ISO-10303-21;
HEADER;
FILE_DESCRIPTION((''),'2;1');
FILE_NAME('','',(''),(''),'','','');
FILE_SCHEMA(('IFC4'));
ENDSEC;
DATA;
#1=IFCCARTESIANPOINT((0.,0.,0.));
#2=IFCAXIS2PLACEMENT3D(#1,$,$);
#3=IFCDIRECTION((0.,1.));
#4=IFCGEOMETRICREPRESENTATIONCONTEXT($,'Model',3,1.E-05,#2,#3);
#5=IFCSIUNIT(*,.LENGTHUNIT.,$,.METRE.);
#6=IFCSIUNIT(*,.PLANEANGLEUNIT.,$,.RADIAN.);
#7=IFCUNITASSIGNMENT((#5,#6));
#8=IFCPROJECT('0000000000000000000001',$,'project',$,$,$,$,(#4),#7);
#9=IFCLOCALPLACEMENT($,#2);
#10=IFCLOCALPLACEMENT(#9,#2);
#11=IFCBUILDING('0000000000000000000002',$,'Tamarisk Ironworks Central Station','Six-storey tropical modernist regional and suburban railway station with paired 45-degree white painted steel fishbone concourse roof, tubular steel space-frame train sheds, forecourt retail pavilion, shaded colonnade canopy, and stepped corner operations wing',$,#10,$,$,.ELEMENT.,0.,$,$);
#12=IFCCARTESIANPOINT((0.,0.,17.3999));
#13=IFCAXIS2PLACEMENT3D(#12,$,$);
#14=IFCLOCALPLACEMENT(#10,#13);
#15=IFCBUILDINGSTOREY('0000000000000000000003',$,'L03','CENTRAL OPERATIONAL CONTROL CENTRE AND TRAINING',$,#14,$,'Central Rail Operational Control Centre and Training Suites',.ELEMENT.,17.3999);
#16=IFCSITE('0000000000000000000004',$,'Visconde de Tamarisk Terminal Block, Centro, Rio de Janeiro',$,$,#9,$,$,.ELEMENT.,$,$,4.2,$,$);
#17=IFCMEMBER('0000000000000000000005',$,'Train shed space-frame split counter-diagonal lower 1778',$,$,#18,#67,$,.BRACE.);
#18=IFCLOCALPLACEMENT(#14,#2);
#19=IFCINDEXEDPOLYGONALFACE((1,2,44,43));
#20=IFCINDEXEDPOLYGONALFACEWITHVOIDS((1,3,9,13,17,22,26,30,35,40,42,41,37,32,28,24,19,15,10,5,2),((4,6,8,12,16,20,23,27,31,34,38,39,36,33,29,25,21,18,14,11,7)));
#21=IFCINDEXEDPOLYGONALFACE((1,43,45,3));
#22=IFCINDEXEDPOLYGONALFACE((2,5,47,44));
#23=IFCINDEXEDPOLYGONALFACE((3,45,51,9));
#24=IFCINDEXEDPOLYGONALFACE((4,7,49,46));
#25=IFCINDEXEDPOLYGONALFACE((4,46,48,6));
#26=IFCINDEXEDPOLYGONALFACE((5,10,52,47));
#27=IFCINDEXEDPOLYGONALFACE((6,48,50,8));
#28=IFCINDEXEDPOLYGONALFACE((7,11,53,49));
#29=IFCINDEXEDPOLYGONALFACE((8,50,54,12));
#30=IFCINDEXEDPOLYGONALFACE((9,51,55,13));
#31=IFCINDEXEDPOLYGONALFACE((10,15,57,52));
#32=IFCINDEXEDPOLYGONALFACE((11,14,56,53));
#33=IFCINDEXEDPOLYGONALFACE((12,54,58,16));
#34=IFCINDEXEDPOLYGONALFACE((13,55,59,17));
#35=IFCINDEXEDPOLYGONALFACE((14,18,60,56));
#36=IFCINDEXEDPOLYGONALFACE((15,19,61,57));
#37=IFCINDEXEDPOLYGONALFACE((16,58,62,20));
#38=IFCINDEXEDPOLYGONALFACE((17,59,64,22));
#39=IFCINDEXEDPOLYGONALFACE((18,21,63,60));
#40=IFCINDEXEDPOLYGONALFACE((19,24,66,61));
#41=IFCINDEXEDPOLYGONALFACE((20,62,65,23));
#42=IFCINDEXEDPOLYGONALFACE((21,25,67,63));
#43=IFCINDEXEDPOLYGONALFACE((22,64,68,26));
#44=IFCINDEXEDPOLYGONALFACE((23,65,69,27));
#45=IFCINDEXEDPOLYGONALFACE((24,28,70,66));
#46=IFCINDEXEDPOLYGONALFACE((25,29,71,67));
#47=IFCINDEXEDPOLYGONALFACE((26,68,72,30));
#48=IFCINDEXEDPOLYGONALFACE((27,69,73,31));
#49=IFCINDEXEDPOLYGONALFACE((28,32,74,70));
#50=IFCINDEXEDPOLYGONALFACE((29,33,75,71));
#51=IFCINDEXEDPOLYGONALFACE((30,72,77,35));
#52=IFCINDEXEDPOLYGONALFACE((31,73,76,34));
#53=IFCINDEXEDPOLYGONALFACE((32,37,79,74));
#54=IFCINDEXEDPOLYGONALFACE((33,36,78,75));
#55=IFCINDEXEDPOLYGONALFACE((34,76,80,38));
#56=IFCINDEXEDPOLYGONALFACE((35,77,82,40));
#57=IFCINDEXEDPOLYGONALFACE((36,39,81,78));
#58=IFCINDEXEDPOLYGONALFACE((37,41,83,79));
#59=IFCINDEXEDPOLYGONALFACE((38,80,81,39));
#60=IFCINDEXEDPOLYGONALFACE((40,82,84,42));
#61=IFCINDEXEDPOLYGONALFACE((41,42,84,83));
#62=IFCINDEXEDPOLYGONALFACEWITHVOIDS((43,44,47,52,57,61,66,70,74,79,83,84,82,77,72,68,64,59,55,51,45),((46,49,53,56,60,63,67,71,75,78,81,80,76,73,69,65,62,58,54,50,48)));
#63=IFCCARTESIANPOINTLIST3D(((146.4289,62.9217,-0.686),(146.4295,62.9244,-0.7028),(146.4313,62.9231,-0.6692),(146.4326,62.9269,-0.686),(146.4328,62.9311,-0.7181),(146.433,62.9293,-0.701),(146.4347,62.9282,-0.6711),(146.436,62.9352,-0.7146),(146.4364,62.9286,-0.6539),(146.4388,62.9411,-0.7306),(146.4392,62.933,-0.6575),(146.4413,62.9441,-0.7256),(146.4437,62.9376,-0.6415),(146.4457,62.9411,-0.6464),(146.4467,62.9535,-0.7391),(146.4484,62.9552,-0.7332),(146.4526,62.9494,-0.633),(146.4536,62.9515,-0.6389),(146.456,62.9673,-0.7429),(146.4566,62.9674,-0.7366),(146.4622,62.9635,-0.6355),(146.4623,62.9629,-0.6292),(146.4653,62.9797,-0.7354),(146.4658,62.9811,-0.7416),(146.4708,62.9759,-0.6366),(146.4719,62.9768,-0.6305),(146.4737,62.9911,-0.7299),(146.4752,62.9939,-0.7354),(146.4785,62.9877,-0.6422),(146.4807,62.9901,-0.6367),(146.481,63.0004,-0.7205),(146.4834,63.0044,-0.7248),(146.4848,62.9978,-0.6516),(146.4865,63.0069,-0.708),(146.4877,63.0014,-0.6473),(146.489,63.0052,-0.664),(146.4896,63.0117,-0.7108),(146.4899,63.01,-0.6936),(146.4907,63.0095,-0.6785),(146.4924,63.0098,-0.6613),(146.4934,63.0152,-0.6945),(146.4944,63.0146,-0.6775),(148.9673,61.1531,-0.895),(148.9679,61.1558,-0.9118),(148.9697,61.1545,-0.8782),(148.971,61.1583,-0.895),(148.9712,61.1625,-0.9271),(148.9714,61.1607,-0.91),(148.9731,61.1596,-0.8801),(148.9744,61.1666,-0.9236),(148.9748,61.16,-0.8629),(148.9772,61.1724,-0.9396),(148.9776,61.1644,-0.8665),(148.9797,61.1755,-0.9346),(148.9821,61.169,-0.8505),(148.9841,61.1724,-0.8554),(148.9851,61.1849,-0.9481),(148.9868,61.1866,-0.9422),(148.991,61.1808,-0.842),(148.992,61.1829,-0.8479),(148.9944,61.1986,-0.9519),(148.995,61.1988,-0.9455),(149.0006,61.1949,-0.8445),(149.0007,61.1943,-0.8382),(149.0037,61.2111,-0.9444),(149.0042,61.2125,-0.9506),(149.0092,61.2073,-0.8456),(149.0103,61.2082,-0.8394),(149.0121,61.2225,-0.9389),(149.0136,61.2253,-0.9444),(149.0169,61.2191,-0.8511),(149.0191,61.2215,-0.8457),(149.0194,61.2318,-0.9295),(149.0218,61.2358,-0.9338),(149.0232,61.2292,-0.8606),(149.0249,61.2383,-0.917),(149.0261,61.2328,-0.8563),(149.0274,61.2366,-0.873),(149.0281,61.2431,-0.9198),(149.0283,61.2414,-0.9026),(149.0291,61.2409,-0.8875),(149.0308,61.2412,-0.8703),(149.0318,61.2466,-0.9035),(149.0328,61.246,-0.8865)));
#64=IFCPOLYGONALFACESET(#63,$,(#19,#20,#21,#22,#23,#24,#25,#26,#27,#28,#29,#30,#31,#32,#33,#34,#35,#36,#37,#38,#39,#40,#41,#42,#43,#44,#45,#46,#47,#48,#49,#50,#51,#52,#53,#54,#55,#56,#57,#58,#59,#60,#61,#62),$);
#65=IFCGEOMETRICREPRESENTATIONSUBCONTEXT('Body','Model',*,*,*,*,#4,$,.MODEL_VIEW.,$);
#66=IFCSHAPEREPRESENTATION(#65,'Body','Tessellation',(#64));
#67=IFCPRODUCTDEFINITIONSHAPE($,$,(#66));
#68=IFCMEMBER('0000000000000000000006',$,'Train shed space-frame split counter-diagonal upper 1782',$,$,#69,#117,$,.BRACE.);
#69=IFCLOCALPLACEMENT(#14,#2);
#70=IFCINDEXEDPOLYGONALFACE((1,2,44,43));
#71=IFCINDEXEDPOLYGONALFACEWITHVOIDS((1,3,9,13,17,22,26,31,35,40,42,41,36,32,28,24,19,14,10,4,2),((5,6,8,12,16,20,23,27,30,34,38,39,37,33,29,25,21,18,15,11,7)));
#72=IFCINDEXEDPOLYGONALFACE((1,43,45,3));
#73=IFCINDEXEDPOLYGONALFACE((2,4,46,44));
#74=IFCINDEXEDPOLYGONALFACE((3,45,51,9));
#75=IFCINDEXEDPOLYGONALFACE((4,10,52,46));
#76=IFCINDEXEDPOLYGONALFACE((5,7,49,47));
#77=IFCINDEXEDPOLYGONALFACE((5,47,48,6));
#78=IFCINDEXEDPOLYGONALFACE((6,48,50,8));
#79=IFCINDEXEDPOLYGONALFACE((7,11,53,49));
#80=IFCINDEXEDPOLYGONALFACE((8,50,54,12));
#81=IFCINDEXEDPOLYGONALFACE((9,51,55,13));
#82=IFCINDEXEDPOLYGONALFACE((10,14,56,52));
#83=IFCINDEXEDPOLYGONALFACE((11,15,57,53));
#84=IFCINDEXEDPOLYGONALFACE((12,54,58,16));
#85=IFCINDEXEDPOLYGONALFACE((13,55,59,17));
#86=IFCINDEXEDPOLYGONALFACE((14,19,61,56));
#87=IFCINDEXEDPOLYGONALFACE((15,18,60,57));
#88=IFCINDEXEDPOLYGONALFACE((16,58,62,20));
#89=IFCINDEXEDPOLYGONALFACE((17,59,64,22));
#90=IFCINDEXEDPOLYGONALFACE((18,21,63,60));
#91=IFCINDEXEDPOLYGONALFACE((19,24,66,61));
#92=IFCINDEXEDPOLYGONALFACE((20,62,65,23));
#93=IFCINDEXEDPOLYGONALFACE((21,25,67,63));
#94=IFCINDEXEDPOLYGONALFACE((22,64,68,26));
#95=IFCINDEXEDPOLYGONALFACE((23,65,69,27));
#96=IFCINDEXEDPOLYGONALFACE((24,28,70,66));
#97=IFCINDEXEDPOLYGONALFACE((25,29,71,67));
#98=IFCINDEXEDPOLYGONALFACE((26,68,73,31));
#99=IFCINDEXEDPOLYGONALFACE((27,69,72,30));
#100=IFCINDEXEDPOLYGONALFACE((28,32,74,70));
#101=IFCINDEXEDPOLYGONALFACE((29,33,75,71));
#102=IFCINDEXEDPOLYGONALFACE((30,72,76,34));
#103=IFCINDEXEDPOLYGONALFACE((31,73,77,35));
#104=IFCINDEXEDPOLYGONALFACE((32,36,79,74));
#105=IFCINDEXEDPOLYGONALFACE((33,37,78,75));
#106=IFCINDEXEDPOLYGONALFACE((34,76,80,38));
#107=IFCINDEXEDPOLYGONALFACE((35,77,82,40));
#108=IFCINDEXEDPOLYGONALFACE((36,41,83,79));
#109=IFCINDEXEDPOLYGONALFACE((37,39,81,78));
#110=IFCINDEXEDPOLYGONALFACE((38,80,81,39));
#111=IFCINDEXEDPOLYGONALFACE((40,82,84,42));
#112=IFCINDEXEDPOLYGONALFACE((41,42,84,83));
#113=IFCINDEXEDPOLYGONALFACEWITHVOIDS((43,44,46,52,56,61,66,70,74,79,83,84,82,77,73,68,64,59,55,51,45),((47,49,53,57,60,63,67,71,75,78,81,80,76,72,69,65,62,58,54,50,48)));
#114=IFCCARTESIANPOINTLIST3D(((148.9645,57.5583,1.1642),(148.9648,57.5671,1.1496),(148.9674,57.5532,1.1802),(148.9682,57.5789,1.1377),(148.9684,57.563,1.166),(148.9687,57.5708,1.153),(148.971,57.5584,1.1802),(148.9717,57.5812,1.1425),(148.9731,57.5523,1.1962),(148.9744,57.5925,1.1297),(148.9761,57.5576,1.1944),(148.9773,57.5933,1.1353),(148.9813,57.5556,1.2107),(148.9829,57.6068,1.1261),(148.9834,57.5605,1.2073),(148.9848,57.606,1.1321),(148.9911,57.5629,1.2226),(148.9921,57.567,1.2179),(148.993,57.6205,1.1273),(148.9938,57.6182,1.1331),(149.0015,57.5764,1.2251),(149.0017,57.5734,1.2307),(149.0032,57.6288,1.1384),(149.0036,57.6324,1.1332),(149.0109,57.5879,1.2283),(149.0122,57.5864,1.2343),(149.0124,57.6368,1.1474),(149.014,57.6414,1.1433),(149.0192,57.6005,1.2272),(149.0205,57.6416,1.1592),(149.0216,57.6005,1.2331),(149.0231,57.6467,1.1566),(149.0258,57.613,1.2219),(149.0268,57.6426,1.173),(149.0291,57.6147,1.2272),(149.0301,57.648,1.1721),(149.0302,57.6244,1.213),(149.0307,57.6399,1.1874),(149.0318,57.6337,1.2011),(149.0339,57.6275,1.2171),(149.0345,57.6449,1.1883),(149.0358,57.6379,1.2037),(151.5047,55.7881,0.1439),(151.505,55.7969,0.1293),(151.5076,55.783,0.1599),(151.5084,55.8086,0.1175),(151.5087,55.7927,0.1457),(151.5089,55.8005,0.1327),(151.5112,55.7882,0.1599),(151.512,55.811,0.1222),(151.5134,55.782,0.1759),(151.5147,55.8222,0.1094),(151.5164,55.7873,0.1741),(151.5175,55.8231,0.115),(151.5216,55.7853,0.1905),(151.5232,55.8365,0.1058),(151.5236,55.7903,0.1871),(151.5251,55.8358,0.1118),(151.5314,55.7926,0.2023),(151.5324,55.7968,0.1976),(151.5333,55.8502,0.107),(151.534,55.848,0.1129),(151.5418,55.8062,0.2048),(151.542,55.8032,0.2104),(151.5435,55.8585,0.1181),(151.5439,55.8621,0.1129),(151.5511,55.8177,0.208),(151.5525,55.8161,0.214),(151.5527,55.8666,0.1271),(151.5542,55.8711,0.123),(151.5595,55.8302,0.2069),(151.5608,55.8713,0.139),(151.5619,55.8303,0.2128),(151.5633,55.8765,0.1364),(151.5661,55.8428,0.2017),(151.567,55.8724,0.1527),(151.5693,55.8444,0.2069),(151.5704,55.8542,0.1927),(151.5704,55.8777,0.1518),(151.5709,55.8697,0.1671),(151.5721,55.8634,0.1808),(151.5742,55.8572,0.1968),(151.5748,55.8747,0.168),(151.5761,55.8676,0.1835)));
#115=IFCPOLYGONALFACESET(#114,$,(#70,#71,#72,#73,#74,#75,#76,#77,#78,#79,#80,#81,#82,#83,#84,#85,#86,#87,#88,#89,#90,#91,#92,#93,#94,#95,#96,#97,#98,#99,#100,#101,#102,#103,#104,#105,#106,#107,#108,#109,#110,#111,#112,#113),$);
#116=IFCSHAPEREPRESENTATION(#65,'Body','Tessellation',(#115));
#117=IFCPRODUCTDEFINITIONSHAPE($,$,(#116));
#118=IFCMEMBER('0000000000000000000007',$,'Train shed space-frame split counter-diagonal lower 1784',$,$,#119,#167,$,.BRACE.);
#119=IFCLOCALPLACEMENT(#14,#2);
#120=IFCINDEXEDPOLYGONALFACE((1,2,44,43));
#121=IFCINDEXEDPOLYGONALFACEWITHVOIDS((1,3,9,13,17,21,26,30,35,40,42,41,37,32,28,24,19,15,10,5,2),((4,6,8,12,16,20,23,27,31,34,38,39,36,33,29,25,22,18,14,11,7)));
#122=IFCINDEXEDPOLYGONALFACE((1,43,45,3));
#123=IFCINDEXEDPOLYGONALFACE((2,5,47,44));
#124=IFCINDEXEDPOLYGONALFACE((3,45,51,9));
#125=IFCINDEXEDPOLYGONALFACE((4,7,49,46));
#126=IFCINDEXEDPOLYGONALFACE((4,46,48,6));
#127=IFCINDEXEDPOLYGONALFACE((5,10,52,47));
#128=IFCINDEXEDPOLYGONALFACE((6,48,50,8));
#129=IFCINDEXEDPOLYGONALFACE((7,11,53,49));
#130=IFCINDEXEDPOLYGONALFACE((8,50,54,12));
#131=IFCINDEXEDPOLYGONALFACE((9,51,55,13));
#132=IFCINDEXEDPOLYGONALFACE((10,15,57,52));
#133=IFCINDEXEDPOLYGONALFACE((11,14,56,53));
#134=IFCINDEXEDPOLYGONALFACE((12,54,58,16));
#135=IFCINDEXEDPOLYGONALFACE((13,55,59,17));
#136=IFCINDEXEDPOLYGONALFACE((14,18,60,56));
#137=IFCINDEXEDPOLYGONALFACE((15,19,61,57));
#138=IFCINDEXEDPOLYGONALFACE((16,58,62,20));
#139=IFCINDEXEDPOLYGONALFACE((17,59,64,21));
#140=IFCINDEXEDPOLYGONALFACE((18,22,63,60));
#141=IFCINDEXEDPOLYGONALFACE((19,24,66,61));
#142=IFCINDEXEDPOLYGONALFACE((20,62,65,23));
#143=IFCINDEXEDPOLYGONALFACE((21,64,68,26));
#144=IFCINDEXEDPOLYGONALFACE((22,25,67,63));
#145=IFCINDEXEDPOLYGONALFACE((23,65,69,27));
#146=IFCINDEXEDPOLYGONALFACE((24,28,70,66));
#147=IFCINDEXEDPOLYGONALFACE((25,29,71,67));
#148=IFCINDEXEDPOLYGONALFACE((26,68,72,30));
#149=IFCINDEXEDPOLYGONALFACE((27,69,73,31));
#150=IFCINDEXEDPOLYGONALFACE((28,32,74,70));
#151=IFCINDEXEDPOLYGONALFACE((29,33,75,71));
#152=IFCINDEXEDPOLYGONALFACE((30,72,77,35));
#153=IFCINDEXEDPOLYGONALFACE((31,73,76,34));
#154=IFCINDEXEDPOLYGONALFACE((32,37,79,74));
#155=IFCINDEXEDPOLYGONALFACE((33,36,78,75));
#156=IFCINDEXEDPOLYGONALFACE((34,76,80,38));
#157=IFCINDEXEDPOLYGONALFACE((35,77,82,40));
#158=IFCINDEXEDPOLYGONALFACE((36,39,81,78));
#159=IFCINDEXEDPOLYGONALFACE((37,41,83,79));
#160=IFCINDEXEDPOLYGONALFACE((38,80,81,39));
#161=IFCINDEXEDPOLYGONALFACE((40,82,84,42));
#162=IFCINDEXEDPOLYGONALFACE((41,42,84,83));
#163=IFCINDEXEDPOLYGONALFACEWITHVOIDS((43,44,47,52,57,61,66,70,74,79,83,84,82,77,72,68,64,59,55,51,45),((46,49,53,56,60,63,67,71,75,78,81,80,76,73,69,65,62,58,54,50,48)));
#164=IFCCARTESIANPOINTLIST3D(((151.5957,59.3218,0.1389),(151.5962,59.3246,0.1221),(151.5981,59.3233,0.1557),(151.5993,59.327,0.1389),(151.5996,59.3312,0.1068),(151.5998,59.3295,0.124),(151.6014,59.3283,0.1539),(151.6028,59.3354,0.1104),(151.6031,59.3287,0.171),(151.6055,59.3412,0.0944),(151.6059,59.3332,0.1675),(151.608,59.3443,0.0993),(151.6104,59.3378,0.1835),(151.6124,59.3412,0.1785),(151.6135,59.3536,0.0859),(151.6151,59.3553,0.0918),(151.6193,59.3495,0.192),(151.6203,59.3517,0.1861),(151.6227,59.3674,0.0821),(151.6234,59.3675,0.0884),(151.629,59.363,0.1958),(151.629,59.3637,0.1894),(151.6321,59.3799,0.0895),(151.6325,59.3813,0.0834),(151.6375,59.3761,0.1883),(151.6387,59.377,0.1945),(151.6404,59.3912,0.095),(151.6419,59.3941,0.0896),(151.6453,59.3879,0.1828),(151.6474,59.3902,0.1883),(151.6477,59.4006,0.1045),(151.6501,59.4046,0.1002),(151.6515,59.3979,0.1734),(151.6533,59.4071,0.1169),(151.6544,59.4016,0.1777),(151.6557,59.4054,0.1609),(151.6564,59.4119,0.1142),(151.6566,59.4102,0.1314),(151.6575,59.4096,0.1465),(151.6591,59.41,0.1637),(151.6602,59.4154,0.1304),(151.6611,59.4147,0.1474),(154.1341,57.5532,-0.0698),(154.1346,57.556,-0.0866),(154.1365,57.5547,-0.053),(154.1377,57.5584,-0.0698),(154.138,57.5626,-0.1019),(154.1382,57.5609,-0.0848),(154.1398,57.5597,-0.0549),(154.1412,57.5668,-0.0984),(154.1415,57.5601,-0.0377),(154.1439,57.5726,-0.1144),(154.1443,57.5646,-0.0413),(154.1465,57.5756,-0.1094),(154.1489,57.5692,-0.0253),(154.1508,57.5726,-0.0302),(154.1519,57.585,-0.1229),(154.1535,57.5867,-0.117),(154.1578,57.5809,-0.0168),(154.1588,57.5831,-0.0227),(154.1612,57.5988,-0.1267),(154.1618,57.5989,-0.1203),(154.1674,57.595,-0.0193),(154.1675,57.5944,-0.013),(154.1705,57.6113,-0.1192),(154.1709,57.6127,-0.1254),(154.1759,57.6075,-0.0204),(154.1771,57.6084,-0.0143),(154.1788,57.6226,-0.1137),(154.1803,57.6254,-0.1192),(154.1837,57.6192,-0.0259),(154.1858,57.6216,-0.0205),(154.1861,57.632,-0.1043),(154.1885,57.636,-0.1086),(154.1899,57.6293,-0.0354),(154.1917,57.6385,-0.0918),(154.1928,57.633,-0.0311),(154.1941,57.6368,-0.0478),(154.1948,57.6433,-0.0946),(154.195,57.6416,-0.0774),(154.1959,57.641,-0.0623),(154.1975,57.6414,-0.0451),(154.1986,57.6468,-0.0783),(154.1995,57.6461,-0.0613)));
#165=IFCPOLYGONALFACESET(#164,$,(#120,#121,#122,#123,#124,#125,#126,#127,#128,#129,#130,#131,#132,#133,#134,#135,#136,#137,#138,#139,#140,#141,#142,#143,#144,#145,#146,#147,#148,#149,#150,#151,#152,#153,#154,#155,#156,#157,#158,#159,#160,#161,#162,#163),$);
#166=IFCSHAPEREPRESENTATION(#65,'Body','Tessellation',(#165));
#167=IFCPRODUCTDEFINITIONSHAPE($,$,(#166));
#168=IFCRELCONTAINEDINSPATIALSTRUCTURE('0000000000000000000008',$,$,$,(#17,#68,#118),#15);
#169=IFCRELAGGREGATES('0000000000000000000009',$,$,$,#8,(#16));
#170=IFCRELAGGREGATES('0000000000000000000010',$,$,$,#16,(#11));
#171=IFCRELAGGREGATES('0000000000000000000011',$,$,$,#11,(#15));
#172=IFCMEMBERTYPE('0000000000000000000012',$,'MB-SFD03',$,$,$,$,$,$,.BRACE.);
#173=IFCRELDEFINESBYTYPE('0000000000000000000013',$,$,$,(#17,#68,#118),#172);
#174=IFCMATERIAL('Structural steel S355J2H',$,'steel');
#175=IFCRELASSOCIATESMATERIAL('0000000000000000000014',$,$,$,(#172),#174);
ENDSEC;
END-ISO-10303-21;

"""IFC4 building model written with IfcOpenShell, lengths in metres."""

from ifc_helpers import new_model, si_unit, direction, frame, origin, origin_2d, place, context, subcontext, project, spatial, hollow_circle, extrude, material, material_profile, profile_set, type_object, element, save


model = new_model("IFC4")

# Units and contexts
model_context = context("Model", 3, precision=1e-05, world=origin(), true_north=direction((0.0, 1.0)))
body_context = subcontext(model_context, "Body", "Model", "MODEL_VIEW")
ifc_project = project(units=[si_unit("LENGTHUNIT", "METRE"), si_unit("PLANEANGLEUNIT", "RADIAN")], contexts=[model_context])

# Site, building, storey
site_placement = place(None, origin())
site = spatial("IfcSite", under=ifc_project, at=site_placement, Name="Visconde de Tamarisk Terminal Block, Centro, Rio de Janeiro", CompositionType="ELEMENT", RefElevation=4.2)
building_placement = place(site_placement, origin())
building = spatial("IfcBuilding", under=site, at=building_placement, Name="Tamarisk Ironworks Central Station", Description="Six-storey tropical modernist regional and suburban railway station with paired 45-degree white painted steel fishbone concourse roof, tubular steel space-frame train sheds, forecourt retail pavilion, shaded colonnade canopy, and stepped corner operations wing", CompositionType="ELEMENT", ElevationOfRefHeight=0.0)
storey_placement = place(building_placement, frame((0.0, 0.0, 17.3999)))
storey = spatial("IfcBuildingStorey", under=building, at=storey_placement, Name="L03", Description="CENTRAL OPERATIONAL CONTROL CENTRE AND TRAINING", LongName="Central Rail Operational Control Centre and Training Suites", CompositionType="ELEMENT", Elevation=17.3999)

# Members
ifc_material = material(Name="Structural steel S355J2H", Category="steel")
ifc_material_profile_1 = material_profile(ifc_material, hollow_circle(Radius=0.0571, WallThickness=0.0063, at=origin_2d()), Name="CHS 114.3x6.3")
ifc_profile_set_1 = profile_set([ifc_material_profile_1], Name="Structural steel S355J2H")
member_type_1 = type_object("IfcMemberType", Name="MB-SFD03", PredefinedType="BRACE", material=ifc_profile_set_1)
member_1_placement = place(storey_placement, frame((149.0, 61.2, -0.895), z_axis=(-0.818621, 0.570366, 0.067398), x_axis=(-0.571666, -0.820487, 0.0)))
element("IfcMember", 1, at=member_1_placement, inside=storey, type_object=member_type_1, Name="Train shed space-frame split counter-diagonal lower 1778", PredefinedType="BRACE", context=body_context, shape_type="SweptSolid", body=[
    extrude(hollow_circle(Radius=0.0571, WallThickness=0.0063, at=origin_2d()), origin(), (0.0, 0.0, 1.0), 3.1008),
])
member_2_placement = place(storey_placement, frame((151.5403, 55.8298, 0.1599), z_axis=(-0.77922, 0.54302, 0.312961), x_axis=(-0.571741, -0.820434, 0.0)))
element("IfcMember", 2, at=member_2_placement, inside=storey, type_object=member_type_1, Name="Train shed space-frame split counter-diagonal upper 1782", PredefinedType="BRACE", context=body_context, shape_type="SweptSolid", body=[
    extrude(hollow_circle(Radius=0.0571, WallThickness=0.0063, at=origin_2d()), origin(), (0.0, 0.0, 1.0), 3.26),
])
for number, where, z_axis, x_axis, name in (
    (3, (154.1667, 57.6001, -0.0698), (-0.818625, 0.570369, 0.06732), (-0.571666, -0.820487, 0.0), "Train shed space-frame split counter-diagonal lower 1784"),
):
    element("IfcMember", number, at=place(storey_placement, frame(where, z_axis=z_axis, x_axis=x_axis)), inside=storey, type_object=member_type_1, Name=name, PredefinedType="BRACE", context=body_context, shape_type="SweptSolid", body=[
        extrude(hollow_circle(Radius=0.0571, WallThickness=0.0063, at=origin_2d()), origin(), (0.0, 0.0, 1.0), 3.1008),
    ])

save(model, "model.ifc")
